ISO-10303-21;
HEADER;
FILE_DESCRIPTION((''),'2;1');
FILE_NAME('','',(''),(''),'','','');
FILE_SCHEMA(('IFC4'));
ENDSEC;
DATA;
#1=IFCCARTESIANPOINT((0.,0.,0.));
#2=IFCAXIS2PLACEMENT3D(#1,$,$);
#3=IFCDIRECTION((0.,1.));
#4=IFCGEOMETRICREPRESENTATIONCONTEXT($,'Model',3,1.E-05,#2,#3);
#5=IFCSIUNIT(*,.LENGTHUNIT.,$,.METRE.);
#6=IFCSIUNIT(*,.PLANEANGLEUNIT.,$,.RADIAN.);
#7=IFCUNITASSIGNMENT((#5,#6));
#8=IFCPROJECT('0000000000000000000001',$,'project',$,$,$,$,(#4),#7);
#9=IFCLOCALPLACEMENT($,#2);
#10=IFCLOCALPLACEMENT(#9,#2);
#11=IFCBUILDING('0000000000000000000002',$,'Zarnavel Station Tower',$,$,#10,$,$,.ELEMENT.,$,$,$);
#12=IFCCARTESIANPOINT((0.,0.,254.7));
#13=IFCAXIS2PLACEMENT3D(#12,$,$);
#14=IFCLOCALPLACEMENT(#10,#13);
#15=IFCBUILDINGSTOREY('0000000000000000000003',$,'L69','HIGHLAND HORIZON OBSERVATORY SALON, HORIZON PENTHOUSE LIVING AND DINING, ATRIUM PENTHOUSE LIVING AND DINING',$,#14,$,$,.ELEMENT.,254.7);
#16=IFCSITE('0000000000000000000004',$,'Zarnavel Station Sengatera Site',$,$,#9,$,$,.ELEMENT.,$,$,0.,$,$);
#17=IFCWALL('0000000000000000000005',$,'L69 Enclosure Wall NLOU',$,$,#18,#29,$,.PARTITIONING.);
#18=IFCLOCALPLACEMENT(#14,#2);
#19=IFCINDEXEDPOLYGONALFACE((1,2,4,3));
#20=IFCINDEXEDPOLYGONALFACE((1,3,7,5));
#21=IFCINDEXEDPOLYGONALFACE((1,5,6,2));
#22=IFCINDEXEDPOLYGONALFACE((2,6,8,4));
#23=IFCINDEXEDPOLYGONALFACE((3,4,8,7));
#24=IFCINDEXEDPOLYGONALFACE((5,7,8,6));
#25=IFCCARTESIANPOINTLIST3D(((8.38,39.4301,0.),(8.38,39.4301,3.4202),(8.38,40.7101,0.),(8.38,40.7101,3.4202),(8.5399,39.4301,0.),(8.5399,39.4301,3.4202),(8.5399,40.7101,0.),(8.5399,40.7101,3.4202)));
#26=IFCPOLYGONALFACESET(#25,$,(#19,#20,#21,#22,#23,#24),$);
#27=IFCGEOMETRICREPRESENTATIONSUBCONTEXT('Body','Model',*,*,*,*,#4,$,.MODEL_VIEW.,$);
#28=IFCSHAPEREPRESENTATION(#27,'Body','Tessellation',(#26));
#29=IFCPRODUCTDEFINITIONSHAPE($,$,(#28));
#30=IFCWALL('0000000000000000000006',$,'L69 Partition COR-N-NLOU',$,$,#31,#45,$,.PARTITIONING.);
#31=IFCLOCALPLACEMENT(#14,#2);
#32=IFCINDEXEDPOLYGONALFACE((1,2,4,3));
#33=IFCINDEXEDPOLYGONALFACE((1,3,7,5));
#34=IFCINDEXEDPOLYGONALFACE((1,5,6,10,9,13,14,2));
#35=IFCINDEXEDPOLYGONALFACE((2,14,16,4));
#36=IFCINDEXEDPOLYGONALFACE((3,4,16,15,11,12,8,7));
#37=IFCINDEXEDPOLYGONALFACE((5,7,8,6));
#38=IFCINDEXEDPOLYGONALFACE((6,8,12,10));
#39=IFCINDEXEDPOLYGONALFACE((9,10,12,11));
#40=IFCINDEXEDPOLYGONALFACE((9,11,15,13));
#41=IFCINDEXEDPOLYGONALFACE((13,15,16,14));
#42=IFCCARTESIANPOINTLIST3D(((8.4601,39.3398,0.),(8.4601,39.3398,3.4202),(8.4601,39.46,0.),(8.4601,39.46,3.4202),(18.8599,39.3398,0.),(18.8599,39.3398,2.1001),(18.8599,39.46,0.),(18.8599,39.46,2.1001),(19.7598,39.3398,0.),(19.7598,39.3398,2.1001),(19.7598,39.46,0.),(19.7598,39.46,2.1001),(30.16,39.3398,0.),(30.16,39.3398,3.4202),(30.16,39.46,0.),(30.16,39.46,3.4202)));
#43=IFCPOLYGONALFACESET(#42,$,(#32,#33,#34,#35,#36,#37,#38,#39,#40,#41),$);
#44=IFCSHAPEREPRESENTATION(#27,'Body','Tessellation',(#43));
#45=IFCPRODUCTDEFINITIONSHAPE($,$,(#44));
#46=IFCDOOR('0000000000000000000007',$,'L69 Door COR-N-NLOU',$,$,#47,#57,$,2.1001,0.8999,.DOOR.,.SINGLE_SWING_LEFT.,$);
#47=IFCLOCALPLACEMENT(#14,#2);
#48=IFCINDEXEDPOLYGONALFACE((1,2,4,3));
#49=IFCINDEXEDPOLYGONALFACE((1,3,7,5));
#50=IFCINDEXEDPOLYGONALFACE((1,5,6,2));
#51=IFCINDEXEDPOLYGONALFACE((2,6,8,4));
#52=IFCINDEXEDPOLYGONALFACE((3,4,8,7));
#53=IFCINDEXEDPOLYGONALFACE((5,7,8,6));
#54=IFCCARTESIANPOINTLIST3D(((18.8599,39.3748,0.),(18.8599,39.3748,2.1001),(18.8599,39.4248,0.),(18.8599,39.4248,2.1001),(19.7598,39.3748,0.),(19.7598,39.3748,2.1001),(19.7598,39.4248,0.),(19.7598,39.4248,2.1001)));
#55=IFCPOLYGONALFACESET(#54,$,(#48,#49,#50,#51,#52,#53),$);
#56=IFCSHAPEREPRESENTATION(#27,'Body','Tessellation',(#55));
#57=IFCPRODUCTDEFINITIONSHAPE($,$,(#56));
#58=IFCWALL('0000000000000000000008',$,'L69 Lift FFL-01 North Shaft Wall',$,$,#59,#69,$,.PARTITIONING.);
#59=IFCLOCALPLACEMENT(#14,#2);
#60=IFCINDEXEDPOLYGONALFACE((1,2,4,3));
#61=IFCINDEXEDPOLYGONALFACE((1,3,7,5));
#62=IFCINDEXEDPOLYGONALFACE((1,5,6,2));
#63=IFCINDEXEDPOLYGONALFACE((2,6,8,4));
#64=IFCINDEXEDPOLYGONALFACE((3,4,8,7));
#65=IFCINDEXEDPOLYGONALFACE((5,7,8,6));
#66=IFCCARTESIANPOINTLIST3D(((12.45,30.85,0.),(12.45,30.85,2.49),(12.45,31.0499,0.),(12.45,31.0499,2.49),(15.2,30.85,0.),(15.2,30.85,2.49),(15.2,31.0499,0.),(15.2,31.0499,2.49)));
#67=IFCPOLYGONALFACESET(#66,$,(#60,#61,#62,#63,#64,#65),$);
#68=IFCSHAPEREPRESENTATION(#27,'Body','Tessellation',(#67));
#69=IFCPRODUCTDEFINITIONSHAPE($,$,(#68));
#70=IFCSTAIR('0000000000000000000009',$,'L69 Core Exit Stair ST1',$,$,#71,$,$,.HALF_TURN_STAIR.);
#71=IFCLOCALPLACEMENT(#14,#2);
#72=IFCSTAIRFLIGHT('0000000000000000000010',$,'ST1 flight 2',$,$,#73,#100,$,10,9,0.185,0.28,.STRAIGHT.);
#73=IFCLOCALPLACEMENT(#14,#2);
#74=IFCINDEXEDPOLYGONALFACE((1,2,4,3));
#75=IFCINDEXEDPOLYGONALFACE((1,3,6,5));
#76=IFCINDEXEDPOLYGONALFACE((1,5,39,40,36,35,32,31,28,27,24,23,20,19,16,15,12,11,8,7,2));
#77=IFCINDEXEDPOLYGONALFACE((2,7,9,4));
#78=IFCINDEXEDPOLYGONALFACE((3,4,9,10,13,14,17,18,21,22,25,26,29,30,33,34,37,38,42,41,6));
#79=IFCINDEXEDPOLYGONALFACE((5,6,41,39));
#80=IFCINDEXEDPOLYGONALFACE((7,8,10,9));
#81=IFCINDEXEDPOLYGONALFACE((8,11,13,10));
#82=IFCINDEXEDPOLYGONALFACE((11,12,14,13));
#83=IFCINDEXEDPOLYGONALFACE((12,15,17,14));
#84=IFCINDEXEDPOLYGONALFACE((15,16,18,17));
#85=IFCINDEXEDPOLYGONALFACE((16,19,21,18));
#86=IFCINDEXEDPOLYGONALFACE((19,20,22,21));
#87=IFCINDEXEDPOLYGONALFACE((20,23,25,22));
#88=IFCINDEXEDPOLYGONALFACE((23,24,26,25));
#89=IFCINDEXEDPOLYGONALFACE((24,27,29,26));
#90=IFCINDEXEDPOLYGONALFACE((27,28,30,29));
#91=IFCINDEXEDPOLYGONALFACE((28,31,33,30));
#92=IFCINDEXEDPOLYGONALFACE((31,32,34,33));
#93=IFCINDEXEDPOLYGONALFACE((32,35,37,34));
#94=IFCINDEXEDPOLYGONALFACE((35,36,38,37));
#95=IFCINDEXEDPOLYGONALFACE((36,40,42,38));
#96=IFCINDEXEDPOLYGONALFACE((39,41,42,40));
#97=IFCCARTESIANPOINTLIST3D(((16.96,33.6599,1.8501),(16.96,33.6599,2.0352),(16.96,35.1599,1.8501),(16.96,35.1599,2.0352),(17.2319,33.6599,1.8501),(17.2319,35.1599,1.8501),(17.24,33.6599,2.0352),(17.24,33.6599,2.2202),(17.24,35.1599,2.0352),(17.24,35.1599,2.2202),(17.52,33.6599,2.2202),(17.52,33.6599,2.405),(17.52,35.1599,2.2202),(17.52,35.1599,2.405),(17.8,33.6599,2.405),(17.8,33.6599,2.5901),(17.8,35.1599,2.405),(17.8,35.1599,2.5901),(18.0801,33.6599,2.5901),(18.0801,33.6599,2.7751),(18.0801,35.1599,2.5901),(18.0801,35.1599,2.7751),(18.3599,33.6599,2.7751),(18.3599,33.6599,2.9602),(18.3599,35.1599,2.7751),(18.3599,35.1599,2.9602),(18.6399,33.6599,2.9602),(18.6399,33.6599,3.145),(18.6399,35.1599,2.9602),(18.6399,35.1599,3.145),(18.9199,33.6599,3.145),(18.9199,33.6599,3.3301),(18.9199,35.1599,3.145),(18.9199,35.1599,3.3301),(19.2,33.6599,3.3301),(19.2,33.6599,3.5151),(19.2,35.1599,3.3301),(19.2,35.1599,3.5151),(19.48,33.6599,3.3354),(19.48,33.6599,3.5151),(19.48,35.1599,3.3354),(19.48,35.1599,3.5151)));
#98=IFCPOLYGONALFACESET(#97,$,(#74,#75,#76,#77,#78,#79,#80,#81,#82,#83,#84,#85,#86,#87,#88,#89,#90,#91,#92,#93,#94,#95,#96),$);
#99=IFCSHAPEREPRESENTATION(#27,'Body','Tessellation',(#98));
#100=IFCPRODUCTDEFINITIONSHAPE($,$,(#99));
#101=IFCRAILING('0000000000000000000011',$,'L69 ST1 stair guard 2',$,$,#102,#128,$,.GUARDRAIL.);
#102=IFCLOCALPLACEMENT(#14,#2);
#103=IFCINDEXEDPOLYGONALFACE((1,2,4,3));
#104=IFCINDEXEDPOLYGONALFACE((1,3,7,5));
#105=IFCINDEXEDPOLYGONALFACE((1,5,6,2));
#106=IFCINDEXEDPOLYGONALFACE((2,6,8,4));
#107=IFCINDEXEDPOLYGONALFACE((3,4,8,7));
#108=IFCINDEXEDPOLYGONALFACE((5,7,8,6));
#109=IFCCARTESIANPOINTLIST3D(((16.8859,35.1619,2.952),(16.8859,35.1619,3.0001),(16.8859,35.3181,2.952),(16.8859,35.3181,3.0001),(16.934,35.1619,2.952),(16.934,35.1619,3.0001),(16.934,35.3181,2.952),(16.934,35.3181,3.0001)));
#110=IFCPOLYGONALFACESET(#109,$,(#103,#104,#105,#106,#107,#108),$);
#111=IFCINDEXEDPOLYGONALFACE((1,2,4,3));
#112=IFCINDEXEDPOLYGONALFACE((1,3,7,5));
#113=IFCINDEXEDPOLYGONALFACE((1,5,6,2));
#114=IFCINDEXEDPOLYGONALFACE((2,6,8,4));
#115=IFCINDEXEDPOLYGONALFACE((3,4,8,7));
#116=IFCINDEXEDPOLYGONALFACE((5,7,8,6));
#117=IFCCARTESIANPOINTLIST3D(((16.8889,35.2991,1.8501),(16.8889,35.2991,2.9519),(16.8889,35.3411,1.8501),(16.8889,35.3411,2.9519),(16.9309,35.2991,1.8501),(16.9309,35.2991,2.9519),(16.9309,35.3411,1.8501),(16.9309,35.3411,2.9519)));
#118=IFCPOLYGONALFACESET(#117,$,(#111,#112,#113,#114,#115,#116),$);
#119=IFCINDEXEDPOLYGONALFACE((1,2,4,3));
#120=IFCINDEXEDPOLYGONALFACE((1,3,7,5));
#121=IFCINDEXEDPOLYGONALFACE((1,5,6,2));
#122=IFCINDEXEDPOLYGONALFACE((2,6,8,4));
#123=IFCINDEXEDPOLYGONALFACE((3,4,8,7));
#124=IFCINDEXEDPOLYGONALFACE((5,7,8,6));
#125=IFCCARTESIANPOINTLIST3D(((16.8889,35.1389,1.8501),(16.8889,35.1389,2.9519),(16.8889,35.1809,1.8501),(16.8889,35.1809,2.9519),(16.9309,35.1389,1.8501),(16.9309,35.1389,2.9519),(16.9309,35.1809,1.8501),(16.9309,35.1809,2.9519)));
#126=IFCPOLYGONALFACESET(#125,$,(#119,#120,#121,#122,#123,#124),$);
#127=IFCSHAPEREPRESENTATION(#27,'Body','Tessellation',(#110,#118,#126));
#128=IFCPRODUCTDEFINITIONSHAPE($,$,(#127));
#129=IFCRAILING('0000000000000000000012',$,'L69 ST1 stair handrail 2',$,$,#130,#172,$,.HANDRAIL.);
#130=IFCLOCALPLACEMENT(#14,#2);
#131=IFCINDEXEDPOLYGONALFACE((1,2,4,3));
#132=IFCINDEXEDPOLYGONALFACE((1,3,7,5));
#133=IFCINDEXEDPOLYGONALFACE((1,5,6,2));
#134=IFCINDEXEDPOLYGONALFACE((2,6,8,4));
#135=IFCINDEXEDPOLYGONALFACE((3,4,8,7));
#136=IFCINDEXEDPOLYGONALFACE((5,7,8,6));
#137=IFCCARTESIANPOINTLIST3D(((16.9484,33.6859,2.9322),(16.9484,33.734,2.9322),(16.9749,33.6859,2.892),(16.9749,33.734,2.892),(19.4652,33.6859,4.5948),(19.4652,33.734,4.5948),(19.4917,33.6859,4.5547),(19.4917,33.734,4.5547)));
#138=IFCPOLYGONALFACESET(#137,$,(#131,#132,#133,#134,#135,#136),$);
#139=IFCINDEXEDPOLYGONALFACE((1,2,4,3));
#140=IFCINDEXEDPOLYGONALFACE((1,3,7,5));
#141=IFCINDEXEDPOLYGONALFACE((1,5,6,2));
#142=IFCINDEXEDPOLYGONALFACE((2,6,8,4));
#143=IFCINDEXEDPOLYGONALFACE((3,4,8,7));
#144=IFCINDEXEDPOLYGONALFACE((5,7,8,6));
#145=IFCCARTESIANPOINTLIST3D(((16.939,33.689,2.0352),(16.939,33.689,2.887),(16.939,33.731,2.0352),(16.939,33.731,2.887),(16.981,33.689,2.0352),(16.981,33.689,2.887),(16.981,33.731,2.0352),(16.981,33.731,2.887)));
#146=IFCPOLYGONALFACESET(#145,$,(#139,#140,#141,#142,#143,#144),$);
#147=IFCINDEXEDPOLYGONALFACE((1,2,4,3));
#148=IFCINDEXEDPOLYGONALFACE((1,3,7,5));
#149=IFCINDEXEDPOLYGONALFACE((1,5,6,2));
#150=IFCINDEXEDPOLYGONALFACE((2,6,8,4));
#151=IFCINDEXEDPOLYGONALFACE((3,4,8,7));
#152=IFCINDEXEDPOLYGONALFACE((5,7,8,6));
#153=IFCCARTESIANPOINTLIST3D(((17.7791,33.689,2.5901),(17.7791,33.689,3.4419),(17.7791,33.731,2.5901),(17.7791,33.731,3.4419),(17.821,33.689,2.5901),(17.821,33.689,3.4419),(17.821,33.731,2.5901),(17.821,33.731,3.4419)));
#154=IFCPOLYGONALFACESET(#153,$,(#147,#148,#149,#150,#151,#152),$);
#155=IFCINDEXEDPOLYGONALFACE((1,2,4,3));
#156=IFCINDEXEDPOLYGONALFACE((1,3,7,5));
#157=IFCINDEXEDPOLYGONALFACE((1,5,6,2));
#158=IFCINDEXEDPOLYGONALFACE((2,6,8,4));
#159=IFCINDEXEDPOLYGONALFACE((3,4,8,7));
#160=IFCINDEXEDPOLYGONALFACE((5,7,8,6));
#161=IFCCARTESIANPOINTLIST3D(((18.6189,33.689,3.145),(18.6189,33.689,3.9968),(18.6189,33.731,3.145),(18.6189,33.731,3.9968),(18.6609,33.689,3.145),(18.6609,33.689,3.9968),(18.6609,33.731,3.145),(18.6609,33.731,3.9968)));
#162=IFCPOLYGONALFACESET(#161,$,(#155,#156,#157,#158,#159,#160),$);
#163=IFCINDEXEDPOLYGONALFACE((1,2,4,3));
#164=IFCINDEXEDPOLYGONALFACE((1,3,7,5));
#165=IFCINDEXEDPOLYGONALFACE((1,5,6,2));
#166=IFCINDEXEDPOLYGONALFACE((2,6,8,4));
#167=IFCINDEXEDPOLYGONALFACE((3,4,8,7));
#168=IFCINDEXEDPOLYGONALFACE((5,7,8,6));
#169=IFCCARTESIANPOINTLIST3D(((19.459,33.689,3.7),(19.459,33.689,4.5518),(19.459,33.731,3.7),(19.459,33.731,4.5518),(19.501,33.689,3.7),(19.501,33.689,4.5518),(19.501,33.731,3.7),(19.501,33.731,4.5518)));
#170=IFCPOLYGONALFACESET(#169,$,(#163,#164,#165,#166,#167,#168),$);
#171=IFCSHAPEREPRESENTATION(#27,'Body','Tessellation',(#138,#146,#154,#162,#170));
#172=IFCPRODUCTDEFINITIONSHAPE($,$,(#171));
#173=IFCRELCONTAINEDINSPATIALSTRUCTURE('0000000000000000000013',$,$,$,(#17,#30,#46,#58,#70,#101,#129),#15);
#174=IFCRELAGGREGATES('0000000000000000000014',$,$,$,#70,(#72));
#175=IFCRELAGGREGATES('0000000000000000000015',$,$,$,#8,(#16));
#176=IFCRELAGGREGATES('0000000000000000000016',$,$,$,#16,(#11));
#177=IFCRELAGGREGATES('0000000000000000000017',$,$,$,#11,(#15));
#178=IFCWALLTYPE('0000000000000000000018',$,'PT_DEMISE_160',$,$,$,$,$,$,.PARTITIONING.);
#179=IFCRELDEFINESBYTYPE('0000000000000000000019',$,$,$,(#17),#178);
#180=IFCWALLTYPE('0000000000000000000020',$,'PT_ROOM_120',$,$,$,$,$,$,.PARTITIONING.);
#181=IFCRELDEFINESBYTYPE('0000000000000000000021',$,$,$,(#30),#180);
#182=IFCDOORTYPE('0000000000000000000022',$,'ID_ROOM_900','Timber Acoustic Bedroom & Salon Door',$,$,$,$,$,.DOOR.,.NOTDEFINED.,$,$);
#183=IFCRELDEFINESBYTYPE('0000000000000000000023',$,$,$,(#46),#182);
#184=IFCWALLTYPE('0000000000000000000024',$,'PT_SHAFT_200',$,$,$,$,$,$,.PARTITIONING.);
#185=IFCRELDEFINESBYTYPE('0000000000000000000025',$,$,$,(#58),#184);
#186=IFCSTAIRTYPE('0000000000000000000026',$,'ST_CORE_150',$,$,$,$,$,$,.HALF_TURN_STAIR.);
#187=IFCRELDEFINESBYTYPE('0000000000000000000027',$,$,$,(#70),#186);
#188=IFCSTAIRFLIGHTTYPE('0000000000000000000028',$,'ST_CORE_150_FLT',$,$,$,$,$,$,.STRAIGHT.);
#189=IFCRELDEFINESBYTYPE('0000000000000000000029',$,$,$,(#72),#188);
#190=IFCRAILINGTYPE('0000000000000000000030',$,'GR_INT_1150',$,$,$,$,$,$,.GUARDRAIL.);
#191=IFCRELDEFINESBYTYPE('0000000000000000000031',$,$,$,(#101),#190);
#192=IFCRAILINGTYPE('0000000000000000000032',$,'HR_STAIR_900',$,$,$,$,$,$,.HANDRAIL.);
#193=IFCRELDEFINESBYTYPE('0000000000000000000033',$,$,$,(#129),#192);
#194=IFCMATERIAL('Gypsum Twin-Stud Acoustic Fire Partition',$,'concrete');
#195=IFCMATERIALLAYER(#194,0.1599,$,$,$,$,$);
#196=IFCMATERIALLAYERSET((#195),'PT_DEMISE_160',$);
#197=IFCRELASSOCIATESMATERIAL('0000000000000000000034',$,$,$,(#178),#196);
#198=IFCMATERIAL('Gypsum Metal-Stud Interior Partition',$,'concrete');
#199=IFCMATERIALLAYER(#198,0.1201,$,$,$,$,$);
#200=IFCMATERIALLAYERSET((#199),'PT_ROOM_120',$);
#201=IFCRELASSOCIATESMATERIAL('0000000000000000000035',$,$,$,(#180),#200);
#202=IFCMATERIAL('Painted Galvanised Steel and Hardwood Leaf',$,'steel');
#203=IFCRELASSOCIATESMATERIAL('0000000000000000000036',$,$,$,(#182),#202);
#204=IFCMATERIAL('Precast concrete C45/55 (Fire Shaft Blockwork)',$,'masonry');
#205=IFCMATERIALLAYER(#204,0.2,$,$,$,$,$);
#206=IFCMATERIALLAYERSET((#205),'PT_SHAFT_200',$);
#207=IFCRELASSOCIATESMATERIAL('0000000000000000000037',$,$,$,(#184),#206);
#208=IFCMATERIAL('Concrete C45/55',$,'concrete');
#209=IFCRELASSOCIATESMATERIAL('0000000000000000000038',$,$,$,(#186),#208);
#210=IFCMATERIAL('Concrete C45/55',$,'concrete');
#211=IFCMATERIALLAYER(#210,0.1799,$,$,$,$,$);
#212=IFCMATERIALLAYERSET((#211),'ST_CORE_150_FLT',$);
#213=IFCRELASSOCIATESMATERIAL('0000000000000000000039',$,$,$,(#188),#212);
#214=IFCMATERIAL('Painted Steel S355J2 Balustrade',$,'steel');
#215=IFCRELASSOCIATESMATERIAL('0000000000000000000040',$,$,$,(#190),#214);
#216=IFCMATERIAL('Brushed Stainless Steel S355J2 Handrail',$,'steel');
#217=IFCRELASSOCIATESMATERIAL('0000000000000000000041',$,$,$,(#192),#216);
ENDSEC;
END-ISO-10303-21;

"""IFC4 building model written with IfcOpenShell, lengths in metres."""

from ifc_helpers import new_model, si_unit, direction, frame, frame_2d, origin, origin_2d, place, context, subcontext, project, spatial, polyline, rectangle, outline, extrude, material, layer, layer_set, type_object, element, fill, aggregate, save


model = new_model("IFC4")

# Units and contexts
model_context = context("Model", 3, precision=1e-05, world=origin(), true_north=direction((0.0, 1.0)))
body_context = subcontext(model_context, "Body", "Model", "MODEL_VIEW")
ifc_project = project(units=[si_unit("LENGTHUNIT", "METRE"), si_unit("PLANEANGLEUNIT", "RADIAN")], contexts=[model_context])

# Site, building, storey
site_placement = place(None, origin())
site = spatial("IfcSite", under=ifc_project, at=site_placement, Name="Zarnavel Station Sengatera Site", CompositionType="ELEMENT", RefElevation=0.0)
building_placement = place(site_placement, origin())
building = spatial("IfcBuilding", under=site, at=building_placement, Name="Zarnavel Station Tower", CompositionType="ELEMENT")
storey_placement = place(building_placement, frame((0.0, 0.0, 254.7)))
storey = spatial("IfcBuildingStorey", under=building, at=storey_placement, Name="L69", Description="HIGHLAND HORIZON OBSERVATORY SALON, HORIZON PENTHOUSE LIVING AND DINING, ATRIUM PENTHOUSE LIVING AND DINING", CompositionType="ELEMENT", Elevation=254.7)

# Wall
ifc_material_1 = material(Name="Gypsum Twin-Stud Acoustic Fire Partition", Category="concrete")
ifc_layer_1 = layer(ifc_material_1, 0.1599)
ifc_layer_set_1 = layer_set([ifc_layer_1], Name="PT_DEMISE_160")
wall_type_1 = type_object("IfcWallType", Name="PT_DEMISE_160", PredefinedType="PARTITIONING", material=ifc_layer_set_1)
wall_1_placement = place(storey_placement, frame((8.46, 39.4299, 0.0), z_axis=(0.0, 0.0, 1.0), x_axis=(0.0, 1.0, 0.0)))
element("IfcWall", 1, at=wall_1_placement, inside=storey, type_object=wall_type_1, Name="L69 Enclosure Wall NLOU", PredefinedType="PARTITIONING", context=body_context, shape_type="SweptSolid", body=[
    extrude(rectangle(XDim=1.28, YDim=0.1599, at=frame_2d((0.6401, 0.0))), origin(), (0.0, 0.0, 1.0), 3.4202),
])

# Wall, opening, door
ifc_material_2 = material(Name="Gypsum Metal-Stud Interior Partition", Category="concrete")
ifc_layer_2 = layer(ifc_material_2, 0.1201)
ifc_layer_set_2 = layer_set([ifc_layer_2], Name="PT_ROOM_120")
wall_type_2 = type_object("IfcWallType", Name="PT_ROOM_120", PredefinedType="PARTITIONING", material=ifc_layer_set_2)
wall_2_placement = place(storey_placement, frame((8.46, 39.3999, 0.0), z_axis=(0.0, 0.0, 1.0), x_axis=(1.0, 0.0, 0.0)))
wall_2 = element("IfcWall", 2, at=wall_2_placement, inside=storey, type_object=wall_type_2, Name="L69 Partition COR-N-NLOU", PredefinedType="PARTITIONING", context=body_context, shape_type="SweptSolid", body=[
    extrude(rectangle(XDim=21.7, YDim=0.1201, at=frame_2d((10.8501, 0.0))), origin(), (0.0, 0.0, 1.0), 3.4202),
])
opening_1_placement = place(wall_2_placement, frame((10.3999, 0.0, 0.0)))
opening_1 = element("IfcOpeningElement", 3, at=opening_1_placement, cuts=wall_2, PredefinedType="OPENING", context=body_context, shape_type="SweptSolid", body=[
    extrude(rectangle(XDim=0.8999, YDim=2.1001, at=frame_2d((0.45, 1.05))), frame((0.0, 0.0701, 0.0), z_axis=(0.0, -1.0, 0.0), x_axis=(1.0, 0.0, 0.0)), (0.0, 0.0, 1.0), 0.1401),
])
ifc_material_3 = material(Name="Painted Galvanised Steel and Hardwood Leaf", Category="steel")
door_type = type_object("IfcDoorType", Name="ID_ROOM_900", Description="Timber Acoustic Bedroom & Salon Door", OperationType="NOTDEFINED", PredefinedType="DOOR", material=ifc_material_3)
door_placement = place(opening_1_placement, origin())
door = element("IfcDoor", 4, at=door_placement, inside=storey, type_object=door_type, Name="L69 Door COR-N-NLOU", OperationType="SINGLE_SWING_LEFT", OverallHeight=2.1001, OverallWidth=0.8999, PredefinedType="DOOR", context=body_context, shape_type="SweptSolid", body=[
    extrude(rectangle(XDim=0.8999, YDim=2.1001, at=frame_2d((0.45, 1.05))), frame((0.0, 0.0249, 0.0), z_axis=(0.0, -1.0, 0.0), x_axis=(1.0, 0.0, 0.0)), (0.0, 0.0, 1.0), 0.05),
])
fill(opening_1, door)

# Wall
ifc_material_4 = material(Name="Precast concrete C45/55 (Fire Shaft Blockwork)", Category="masonry")
ifc_layer_3 = layer(ifc_material_4, 0.2)
ifc_layer_set_3 = layer_set([ifc_layer_3], Name="PT_SHAFT_200")
wall_type_3 = type_object("IfcWallType", Name="PT_SHAFT_200", PredefinedType="PARTITIONING", material=ifc_layer_set_3)
wall_3_placement = place(storey_placement, frame((12.45, 30.95, 0.0), z_axis=(0.0, 0.0, 1.0), x_axis=(1.0, 0.0, 0.0)))
element("IfcWall", 5, at=wall_3_placement, inside=storey, type_object=wall_type_3, Name="L69 Lift FFL-01 North Shaft Wall", PredefinedType="PARTITIONING", context=body_context, shape_type="SweptSolid", body=[
    extrude(rectangle(XDim=2.75, YDim=0.2, at=frame_2d((1.375, 0.0))), origin(), (0.0, 0.0, 1.0), 2.49),
])

# Stair, stair flight
ifc_material_5 = material(Name="Concrete C45/55", Category="concrete")
stair_type = type_object("IfcStairType", Name="ST_CORE_150", PredefinedType="HALF_TURN_STAIR", material=ifc_material_5)
stair_placement = place(storey_placement, origin())
stair = element("IfcStair", 6, at=stair_placement, inside=storey, type_object=stair_type, Name="L69 Core Exit Stair ST1", PredefinedType="HALF_TURN_STAIR")
ifc_material_6 = material(Name="Concrete C45/55", Category="concrete")
ifc_layer_4 = layer(ifc_material_6, 0.1799)
ifc_layer_set_4 = layer_set([ifc_layer_4], Name="ST_CORE_150_FLT")
stair_flight_type = type_object("IfcStairFlightType", Name="ST_CORE_150_FLT", PredefinedType="STRAIGHT", material=ifc_layer_set_4)
stair_flight_placement = place(storey_placement, frame((16.96, 34.4099, 1.8501), z_axis=(0.0, 0.0, 1.0), x_axis=(1.0, 0.0, 0.0)))
stair_flight = element("IfcStairFlight", 7, at=stair_flight_placement, type_object=stair_flight_type, Name="ST1 flight 2", NumberOfRisers=10, NumberOfTreads=9, PredefinedType="STRAIGHT", RiserHeight=0.185, TreadLength=0.28, context=body_context, shape_type="SweptSolid", body=[
    extrude(outline(polyline([(0.0, 0.0), (0.0, 0.1851), (0.28, 0.1851), (0.28, 0.3701), (0.5601, 0.3701), (0.5601, 0.5549), (0.8401, 0.5549), (0.8401, 0.74), (1.1201, 0.74), (1.1201, 0.925), (1.3999, 0.925), (1.3999, 1.1101), (1.6799, 1.1101), (1.6799, 1.2949), (1.96, 1.2949), (1.96, 1.48), (2.24, 1.48), (2.24, 1.665), (2.52, 1.665), (2.52, 1.8501), (2.52, 1.4854), (0.272, 0.0), (0.0, 0.0)])), frame((0.0, 0.75, 0.0), z_axis=(0.0, -1.0, 0.0), x_axis=(1.0, 0.0, 0.0)), (0.0, 0.0, 1.0), 1.5),
])
aggregate(stair, [stair_flight])

# Railings
ifc_material_7 = material(Name="Painted Steel S355J2 Balustrade", Category="steel")
railing_type_1 = type_object("IfcRailingType", Name="GR_INT_1150", PredefinedType="GUARDRAIL", material=ifc_material_7)
railing_1_placement = place(storey_placement, frame((16.9099, 35.3201, 1.8501)))
element("IfcRailing", 8, at=railing_1_placement, inside=storey, type_object=railing_type_1, Name="L69 ST1 stair guard 2", PredefinedType="GUARDRAIL", context=body_context, shape_type="SweptSolid", body=[
    extrude(rectangle(XDim=0.0481, YDim=0.0481, at=origin_2d()), frame((0.0, -0.002, 1.126), z_axis=(0.0, -1.0, 0.0), x_axis=(1.0, 0.0, 0.0)), (0.0, 0.0, 1.0), 0.1562),
    extrude(rectangle(XDim=0.042, YDim=0.042, at=origin_2d()), origin(), (0.0, 0.0, 1.0), 1.1018),
    extrude(rectangle(XDim=0.042, YDim=0.042, at=origin_2d()), frame((0.0, -0.1602, 0.0)), (0.0, 0.0, 1.0), 1.1018),
])
ifc_material_8 = material(Name="Brushed Stainless Steel S355J2 Handrail", Category="steel")
railing_type_2 = type_object("IfcRailingType", Name="HR_STAIR_900", PredefinedType="HANDRAIL", material=ifc_material_8)
railing_2_placement = place(storey_placement, frame((16.96, 33.71, 2.0352)))
element("IfcRailing", 9, at=railing_2_placement, inside=storey, type_object=railing_type_2, Name="L69 ST1 stair handrail 2", PredefinedType="HANDRAIL", context=body_context, shape_type="SweptSolid", body=[
    extrude(rectangle(XDim=0.0481, YDim=0.0481, at=origin_2d()), frame((0.0017, 0.0, 0.877), z_axis=(0.834369, 0.0, 0.551207), x_axis=(0.0, 1.0, 0.0)), (0.0, 0.0, 1.0), 3.0164),
    extrude(rectangle(XDim=0.042, YDim=0.042, at=origin_2d()), origin(), (0.0, 0.0, 1.0), 0.8518),
    extrude(rectangle(XDim=0.042, YDim=0.042, at=origin_2d()), frame((0.8401, 0.0, 0.5549)), (0.0, 0.0, 1.0), 0.8518),
    extrude(rectangle(XDim=0.042, YDim=0.042, at=origin_2d()), frame((1.6799, 0.0, 1.1099)), (0.0, 0.0, 1.0), 0.8518),
    extrude(rectangle(XDim=0.042, YDim=0.042, at=origin_2d()), frame((2.52, 0.0, 1.6648)), (0.0, 0.0, 1.0), 0.8518),
])

save(model, "model.ifc")
